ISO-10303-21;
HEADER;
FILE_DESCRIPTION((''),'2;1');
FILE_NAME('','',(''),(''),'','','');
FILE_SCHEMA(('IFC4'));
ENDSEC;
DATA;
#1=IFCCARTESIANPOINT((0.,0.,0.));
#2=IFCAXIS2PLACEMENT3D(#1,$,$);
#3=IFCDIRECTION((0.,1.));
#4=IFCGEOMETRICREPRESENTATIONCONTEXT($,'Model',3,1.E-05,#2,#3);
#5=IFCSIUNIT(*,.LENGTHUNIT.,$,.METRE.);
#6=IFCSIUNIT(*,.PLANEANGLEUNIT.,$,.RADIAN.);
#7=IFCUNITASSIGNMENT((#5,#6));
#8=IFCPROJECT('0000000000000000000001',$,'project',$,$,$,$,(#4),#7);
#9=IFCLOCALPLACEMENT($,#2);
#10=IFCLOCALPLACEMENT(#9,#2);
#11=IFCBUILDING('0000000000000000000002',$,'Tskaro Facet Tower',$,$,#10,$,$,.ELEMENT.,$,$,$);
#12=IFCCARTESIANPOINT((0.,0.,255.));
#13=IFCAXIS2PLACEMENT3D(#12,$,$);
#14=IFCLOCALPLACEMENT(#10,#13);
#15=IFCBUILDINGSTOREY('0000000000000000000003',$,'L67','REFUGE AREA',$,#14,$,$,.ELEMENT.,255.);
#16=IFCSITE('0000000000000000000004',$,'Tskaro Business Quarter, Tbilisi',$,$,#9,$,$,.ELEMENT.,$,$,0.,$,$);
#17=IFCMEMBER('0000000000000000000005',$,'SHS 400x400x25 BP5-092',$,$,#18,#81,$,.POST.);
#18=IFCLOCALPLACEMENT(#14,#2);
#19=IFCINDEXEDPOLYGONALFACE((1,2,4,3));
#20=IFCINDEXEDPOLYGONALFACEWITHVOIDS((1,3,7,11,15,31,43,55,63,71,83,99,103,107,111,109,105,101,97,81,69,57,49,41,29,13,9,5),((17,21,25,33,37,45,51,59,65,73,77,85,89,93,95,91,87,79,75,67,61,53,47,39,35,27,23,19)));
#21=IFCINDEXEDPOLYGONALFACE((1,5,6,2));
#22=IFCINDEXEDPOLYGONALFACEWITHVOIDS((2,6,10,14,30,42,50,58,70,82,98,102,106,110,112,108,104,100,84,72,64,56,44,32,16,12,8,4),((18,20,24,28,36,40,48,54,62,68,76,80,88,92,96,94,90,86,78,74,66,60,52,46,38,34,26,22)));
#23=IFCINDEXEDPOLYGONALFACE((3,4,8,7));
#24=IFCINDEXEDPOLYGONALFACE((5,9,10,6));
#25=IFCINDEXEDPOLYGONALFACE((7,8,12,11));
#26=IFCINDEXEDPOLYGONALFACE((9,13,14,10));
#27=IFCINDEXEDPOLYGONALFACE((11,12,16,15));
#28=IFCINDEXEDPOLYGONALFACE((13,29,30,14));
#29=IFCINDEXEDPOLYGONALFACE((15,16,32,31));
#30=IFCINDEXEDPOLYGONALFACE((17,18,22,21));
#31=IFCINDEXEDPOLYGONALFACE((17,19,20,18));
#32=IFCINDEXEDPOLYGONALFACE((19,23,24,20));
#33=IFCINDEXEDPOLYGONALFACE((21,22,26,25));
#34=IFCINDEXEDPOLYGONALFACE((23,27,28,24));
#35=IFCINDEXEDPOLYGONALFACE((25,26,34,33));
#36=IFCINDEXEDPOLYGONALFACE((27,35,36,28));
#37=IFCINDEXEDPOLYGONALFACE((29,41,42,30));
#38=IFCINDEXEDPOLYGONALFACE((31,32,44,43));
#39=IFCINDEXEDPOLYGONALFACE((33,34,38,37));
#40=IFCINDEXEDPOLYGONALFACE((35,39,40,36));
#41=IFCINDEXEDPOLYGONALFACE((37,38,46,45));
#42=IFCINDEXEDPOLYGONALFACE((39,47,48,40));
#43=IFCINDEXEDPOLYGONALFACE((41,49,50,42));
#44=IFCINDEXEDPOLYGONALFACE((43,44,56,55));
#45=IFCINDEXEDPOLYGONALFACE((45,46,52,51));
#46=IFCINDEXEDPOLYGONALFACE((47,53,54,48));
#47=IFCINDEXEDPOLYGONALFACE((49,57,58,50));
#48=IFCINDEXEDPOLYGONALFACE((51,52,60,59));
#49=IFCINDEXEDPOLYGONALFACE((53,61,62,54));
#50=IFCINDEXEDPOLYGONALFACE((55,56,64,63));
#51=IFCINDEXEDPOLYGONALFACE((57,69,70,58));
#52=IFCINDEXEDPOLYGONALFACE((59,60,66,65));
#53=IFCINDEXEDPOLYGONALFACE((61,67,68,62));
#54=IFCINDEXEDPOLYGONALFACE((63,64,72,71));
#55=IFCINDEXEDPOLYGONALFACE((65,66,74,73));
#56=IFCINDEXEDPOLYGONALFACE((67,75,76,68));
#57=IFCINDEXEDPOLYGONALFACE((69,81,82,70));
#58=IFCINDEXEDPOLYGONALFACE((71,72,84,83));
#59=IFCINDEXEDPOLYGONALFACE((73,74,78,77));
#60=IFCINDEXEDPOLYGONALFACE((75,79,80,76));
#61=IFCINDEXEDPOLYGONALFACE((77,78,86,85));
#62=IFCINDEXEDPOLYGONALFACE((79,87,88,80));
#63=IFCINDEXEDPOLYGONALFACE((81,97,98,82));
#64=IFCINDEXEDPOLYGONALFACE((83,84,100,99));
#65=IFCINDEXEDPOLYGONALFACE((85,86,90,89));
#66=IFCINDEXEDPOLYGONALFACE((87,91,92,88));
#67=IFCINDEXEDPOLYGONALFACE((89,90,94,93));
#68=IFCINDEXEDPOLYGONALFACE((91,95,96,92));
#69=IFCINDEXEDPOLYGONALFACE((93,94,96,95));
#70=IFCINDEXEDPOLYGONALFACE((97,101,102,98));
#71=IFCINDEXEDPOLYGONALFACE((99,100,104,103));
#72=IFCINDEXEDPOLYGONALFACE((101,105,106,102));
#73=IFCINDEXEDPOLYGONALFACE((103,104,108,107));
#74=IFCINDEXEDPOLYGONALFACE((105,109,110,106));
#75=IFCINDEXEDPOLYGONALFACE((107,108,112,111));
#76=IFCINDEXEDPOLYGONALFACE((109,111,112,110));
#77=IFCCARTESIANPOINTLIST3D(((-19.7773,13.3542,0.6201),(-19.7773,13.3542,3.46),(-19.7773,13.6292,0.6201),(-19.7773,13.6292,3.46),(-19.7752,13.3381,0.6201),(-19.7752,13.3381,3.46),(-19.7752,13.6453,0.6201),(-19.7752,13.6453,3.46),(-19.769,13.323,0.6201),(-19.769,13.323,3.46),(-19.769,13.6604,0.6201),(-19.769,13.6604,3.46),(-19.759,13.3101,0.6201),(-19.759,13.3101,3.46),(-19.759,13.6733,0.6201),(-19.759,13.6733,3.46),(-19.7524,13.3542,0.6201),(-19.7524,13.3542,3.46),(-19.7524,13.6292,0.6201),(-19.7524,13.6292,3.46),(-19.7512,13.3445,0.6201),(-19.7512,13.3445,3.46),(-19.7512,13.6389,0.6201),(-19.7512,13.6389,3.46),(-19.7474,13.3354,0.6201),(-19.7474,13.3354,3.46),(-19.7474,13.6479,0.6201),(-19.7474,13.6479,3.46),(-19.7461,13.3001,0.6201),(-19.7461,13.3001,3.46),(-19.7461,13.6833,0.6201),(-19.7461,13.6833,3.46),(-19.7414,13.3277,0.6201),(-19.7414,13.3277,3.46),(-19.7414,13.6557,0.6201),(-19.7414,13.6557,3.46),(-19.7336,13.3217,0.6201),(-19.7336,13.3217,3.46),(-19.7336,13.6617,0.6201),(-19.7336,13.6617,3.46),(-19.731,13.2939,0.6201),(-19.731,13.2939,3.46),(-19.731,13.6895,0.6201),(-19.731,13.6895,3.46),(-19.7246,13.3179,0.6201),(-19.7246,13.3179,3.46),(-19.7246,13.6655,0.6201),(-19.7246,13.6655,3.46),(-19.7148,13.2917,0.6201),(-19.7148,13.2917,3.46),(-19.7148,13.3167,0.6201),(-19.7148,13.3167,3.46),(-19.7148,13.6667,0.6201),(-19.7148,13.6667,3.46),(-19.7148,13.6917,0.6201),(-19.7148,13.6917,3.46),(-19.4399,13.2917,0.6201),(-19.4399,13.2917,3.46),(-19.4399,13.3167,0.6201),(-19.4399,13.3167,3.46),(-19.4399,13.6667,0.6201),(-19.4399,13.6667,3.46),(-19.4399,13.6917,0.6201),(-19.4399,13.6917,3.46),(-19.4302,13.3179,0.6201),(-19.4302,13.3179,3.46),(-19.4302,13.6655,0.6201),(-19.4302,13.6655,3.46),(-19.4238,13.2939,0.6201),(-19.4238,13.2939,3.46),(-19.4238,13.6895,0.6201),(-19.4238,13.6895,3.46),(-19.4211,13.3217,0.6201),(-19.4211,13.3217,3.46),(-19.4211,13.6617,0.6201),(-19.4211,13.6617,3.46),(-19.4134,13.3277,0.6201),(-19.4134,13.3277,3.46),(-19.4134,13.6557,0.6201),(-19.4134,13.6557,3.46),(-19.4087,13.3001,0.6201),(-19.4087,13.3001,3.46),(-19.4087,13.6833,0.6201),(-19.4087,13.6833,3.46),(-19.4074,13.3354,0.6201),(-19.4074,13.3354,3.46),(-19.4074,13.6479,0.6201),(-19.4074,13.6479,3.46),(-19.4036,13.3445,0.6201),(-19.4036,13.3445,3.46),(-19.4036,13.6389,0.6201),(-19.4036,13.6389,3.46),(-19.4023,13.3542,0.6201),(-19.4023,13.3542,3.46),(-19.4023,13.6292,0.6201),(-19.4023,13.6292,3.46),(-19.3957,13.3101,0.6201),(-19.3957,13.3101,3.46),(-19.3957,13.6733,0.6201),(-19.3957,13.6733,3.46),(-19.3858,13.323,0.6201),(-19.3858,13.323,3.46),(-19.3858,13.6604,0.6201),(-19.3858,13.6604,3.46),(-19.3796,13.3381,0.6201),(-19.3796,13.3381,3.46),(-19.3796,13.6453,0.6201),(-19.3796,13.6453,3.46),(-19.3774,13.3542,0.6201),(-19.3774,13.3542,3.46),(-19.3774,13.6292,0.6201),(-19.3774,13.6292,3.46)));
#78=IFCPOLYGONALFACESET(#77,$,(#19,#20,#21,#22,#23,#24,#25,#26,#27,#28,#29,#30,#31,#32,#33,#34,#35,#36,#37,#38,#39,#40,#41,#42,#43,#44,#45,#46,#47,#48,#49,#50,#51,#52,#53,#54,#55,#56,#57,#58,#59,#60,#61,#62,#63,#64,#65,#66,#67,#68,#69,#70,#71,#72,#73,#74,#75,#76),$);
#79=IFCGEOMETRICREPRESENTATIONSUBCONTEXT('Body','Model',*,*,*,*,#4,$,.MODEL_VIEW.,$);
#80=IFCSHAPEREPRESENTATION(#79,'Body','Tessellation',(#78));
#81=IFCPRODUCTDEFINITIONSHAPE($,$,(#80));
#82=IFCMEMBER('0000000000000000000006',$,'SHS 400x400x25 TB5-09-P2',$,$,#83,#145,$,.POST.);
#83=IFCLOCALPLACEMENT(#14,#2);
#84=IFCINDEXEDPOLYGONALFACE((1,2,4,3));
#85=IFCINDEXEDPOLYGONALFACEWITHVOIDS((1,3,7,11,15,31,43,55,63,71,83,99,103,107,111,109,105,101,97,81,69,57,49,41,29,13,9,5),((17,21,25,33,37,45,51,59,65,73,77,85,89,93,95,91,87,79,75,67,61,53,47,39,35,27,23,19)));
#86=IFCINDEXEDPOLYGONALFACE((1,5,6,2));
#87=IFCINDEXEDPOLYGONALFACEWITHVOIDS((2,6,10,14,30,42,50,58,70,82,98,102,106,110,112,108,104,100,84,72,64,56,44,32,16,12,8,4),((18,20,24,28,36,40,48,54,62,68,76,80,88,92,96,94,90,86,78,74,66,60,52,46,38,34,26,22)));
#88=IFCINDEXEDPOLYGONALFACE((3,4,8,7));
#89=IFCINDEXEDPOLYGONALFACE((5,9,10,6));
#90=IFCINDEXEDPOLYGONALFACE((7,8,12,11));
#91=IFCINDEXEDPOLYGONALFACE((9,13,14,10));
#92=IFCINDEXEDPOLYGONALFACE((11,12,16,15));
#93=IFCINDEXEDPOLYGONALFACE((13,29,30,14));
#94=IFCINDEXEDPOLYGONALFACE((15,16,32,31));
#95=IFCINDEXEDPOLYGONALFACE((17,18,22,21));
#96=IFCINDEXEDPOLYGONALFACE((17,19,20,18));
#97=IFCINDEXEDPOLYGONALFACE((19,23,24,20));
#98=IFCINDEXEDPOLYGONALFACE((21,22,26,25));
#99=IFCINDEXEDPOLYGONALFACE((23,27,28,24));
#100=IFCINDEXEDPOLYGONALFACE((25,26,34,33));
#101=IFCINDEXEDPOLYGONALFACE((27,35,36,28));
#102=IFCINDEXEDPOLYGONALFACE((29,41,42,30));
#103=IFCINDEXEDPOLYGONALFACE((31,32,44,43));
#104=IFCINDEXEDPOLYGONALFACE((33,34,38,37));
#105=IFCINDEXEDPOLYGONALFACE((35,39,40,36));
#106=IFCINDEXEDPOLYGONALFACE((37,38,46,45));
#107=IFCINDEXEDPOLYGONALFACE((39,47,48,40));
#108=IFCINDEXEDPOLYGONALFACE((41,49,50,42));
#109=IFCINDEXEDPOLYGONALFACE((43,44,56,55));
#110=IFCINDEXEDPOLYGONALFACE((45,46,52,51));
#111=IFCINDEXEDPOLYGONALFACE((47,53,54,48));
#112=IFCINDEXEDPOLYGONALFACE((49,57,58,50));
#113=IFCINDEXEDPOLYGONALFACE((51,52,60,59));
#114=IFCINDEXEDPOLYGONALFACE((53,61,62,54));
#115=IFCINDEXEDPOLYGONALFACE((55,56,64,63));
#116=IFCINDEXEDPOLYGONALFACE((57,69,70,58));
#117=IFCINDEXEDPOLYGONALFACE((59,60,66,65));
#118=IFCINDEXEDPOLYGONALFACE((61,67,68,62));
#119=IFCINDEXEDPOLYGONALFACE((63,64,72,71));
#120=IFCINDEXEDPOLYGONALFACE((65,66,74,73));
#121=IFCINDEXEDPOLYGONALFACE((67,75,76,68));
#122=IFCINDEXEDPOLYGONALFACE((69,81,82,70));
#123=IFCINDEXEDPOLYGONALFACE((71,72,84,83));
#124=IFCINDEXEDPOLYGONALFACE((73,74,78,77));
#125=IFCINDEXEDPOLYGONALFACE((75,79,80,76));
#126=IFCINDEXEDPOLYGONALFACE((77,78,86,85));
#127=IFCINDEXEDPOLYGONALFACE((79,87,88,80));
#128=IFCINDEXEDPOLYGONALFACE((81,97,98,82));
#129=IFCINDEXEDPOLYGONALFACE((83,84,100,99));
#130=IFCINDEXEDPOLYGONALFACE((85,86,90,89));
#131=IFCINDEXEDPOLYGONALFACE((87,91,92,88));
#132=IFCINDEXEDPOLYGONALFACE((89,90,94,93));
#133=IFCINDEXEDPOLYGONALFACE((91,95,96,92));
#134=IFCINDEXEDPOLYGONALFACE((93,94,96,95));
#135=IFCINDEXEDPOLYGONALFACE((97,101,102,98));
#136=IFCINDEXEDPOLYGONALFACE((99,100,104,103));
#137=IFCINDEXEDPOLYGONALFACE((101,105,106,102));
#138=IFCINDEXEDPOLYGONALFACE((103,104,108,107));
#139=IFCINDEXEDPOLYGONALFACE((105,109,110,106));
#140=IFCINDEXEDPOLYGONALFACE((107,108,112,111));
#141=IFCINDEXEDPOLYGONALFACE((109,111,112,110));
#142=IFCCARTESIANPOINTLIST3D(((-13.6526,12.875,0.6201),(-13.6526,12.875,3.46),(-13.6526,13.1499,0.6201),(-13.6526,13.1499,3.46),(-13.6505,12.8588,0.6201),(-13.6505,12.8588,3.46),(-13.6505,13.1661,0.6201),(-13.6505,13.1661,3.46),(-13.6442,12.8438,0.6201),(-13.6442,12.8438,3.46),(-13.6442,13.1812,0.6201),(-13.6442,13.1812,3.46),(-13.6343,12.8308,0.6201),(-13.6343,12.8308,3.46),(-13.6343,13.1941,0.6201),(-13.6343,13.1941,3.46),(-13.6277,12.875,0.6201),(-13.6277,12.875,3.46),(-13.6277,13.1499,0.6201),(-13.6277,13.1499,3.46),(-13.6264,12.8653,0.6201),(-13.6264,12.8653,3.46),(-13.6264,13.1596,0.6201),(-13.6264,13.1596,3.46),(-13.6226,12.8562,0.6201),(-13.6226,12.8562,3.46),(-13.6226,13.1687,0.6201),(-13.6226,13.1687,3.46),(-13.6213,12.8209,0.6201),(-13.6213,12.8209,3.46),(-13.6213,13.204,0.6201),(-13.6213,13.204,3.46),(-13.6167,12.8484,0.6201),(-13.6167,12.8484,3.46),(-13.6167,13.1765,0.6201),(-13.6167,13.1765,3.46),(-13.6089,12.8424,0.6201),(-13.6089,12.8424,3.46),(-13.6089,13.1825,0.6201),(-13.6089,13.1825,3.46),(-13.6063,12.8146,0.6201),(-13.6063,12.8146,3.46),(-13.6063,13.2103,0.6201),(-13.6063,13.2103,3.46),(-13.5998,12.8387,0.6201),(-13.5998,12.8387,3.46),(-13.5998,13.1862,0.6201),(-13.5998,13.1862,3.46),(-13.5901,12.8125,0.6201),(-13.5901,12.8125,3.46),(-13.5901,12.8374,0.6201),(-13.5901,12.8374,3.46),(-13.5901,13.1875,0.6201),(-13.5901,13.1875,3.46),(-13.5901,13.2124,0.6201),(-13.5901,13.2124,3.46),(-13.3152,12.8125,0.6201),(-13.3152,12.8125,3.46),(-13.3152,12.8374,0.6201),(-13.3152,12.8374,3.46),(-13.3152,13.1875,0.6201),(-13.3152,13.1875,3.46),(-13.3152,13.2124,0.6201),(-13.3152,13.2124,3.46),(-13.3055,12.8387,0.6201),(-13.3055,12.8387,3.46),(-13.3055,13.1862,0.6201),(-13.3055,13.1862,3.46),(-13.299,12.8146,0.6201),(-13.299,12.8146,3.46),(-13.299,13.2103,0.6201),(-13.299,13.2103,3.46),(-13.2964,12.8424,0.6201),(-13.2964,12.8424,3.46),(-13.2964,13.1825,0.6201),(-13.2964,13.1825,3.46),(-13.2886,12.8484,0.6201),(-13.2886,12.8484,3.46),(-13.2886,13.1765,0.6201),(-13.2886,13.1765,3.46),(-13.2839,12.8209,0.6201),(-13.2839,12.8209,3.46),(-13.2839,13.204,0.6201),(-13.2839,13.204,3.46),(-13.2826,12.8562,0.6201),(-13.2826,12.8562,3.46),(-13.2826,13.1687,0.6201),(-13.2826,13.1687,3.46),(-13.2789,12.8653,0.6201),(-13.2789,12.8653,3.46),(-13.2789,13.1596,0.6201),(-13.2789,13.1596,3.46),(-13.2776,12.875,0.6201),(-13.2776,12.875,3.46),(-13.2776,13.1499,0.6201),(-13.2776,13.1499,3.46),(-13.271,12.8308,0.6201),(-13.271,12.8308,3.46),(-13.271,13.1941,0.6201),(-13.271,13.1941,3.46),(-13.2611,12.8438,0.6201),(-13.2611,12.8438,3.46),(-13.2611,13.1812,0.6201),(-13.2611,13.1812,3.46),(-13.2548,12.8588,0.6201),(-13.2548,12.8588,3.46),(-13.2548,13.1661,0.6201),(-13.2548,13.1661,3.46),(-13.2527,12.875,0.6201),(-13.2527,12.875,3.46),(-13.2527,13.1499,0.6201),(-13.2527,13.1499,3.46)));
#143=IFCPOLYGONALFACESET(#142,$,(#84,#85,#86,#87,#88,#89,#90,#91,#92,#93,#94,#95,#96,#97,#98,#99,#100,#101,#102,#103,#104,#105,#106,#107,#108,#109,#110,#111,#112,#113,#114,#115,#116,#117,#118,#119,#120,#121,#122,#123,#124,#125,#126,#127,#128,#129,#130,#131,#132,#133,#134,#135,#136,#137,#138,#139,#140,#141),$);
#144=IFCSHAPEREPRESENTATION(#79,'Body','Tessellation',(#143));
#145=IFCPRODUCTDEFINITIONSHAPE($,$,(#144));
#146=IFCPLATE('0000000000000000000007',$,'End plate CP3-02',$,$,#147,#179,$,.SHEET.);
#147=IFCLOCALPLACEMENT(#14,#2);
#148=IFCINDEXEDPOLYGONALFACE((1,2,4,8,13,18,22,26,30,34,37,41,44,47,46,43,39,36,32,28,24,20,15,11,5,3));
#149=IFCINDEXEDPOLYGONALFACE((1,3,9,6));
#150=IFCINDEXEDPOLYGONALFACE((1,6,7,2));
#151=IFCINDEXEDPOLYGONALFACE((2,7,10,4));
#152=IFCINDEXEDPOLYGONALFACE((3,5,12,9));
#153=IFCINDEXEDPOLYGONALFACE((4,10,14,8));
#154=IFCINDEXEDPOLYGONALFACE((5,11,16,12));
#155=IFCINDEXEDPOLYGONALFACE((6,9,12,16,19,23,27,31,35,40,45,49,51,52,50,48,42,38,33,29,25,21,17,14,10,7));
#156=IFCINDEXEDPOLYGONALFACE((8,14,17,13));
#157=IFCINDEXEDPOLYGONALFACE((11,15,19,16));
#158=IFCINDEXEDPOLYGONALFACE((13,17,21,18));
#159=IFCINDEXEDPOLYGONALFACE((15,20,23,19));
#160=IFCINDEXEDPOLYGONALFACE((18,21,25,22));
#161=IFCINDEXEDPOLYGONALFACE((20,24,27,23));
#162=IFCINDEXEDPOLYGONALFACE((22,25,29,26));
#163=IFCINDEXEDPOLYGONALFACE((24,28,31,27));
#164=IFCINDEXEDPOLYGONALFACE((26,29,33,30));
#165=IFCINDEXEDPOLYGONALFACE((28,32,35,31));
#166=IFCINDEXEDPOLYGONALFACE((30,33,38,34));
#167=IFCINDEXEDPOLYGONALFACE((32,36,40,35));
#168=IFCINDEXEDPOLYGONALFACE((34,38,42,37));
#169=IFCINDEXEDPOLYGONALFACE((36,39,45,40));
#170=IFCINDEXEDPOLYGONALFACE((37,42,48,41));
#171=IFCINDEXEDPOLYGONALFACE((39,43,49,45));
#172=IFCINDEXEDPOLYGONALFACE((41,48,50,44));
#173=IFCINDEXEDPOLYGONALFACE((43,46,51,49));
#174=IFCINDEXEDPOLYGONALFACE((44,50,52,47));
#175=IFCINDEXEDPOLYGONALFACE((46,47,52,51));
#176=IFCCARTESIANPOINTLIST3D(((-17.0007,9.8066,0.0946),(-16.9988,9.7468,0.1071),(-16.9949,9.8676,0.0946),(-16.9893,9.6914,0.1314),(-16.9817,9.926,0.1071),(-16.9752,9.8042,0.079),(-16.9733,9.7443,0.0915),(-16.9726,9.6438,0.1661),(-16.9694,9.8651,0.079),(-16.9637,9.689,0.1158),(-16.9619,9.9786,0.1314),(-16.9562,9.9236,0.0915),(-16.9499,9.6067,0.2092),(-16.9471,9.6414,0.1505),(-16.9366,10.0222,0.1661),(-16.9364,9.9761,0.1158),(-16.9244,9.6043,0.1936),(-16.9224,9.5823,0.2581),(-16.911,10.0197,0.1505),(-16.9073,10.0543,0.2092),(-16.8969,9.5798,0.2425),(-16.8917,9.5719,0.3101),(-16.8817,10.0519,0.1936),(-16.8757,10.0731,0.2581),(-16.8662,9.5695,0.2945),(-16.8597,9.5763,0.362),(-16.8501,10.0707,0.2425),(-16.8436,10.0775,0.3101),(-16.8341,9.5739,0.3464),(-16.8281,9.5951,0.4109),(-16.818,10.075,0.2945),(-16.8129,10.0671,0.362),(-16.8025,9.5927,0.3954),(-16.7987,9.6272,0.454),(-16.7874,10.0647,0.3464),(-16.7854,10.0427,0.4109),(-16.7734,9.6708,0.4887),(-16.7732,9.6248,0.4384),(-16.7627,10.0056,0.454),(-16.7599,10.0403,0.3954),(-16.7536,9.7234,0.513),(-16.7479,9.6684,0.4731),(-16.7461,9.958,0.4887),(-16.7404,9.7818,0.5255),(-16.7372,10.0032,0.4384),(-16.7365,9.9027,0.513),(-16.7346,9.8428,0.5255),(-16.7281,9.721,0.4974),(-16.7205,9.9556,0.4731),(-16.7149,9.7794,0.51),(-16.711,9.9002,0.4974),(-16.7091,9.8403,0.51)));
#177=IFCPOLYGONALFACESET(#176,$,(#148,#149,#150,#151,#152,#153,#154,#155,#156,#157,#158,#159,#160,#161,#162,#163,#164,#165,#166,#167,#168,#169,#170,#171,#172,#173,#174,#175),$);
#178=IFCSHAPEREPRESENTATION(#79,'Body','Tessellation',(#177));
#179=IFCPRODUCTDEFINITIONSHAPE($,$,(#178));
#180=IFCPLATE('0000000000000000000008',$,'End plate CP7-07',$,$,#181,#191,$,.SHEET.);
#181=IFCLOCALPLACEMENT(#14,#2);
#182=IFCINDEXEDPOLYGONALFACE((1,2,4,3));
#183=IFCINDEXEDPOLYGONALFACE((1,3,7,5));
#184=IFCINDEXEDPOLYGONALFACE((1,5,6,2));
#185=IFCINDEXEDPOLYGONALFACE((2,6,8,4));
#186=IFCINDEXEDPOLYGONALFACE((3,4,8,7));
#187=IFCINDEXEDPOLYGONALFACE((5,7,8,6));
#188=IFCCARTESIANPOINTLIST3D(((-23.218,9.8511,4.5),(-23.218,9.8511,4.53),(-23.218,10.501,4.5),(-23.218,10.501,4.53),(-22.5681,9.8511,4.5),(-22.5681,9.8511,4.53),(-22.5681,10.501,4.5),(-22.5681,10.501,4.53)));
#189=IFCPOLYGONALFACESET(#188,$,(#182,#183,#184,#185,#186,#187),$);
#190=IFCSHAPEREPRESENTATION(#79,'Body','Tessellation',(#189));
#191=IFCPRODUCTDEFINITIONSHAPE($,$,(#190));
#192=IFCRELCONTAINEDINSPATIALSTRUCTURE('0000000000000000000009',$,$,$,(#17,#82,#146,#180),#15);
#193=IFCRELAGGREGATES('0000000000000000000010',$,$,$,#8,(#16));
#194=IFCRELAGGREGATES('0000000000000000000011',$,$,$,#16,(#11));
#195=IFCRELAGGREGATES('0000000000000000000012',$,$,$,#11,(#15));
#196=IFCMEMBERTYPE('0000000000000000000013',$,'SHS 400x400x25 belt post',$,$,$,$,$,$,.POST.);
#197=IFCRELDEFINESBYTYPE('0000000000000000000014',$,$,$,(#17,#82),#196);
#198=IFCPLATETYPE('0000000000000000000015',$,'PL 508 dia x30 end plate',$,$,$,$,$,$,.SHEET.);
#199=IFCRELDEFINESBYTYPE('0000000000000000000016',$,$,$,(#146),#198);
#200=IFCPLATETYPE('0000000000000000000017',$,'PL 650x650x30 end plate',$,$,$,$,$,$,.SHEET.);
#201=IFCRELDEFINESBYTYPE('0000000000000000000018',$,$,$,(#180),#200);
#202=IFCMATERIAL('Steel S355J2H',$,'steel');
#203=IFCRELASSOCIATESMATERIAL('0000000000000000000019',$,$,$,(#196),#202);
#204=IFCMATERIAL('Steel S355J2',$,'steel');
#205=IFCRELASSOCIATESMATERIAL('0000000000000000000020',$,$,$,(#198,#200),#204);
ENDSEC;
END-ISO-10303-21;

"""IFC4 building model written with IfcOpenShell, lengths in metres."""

from ifc_helpers import new_model, si_unit, direction, frame, origin, origin_2d, place, context, subcontext, project, spatial, rectangle, hollow_rectangle, circle, extrude, material, material_profile, profile_set, type_object, element, save


model = new_model("IFC4")

# Units and contexts
model_context = context("Model", 3, precision=1e-05, world=origin(), true_north=direction((0.0, 1.0)))
body_context = subcontext(model_context, "Body", "Model", "MODEL_VIEW")
ifc_project = project(units=[si_unit("LENGTHUNIT", "METRE"), si_unit("PLANEANGLEUNIT", "RADIAN")], contexts=[model_context])

# Site, building, storey
site_placement = place(None, origin())
site = spatial("IfcSite", under=ifc_project, at=site_placement, Name="Tskaro Business Quarter, Tbilisi", CompositionType="ELEMENT", RefElevation=0.0)
building_placement = place(site_placement, origin())
building = spatial("IfcBuilding", under=site, at=building_placement, Name="Tskaro Facet Tower", CompositionType="ELEMENT")
storey_placement = place(building_placement, frame((0.0, 0.0, 255.0)))
storey = spatial("IfcBuildingStorey", under=building, at=storey_placement, Name="L67", Description="REFUGE AREA", CompositionType="ELEMENT", Elevation=255.0)

# Shared definitions
ifc_material_1 = material(Name="Steel S355J2", Category="steel")
ifc_material_2 = material(Name="Steel S355J2H", Category="steel")

# Members
ifc_material_profile_1 = material_profile(ifc_material_2, hollow_rectangle(XDim=0.3999, YDim=0.3999, WallThickness=0.0249, InnerFilletRadius=0.0376, OuterFilletRadius=0.0625, at=origin_2d()), Name="SHS 400x400x25")
ifc_profile_set_1 = profile_set([ifc_material_profile_1], Name="Steel S355J2H")
member_type_1 = type_object("IfcMemberType", Name="SHS 400x400x25 belt post", PredefinedType="POST", material=ifc_profile_set_1)
for number, where, z_axis, x_axis, name in (
    (1, (-19.5774, 13.4917, 0.6201), (0.0, 0.0, 1.0), (1.0, 0.0, 0.0), "SHS 400x400x25 BP5-092"),
    (2, (-13.4526, 13.0125, 0.6201), (0.0, 0.0, 1.0), (1.0, 0.0, 0.0), "SHS 400x400x25 TB5-09-P2"),
):
    element("IfcMember", number, at=place(storey_placement, frame(where, z_axis=z_axis, x_axis=x_axis)), inside=storey, type_object=member_type_1, Name=name, PredefinedType="POST", context=body_context, shape_type="SweptSolid", body=[
        extrude(hollow_rectangle(XDim=0.3999, YDim=0.3999, WallThickness=0.0249, InnerFilletRadius=0.0376, OuterFilletRadius=0.0625, at=origin_2d()), origin(), (0.0, 0.0, 1.0), 2.8398),
    ])

# Plates
ifc_material_profile_2 = material_profile(ifc_material_1, circle(Radius=0.2539, at=origin_2d()), Name="PL 508 dia x30 end plate")
ifc_profile_set_2 = profile_set([ifc_material_profile_2], Name="Steel S355J2")
plate_type_1 = type_object("IfcPlateType", Name="PL 508 dia x30 end plate", PredefinedType="SHEET", material=ifc_profile_set_2)
plate_1_placement = place(storey_placement, frame((-16.8677, 9.8247, 0.3101), z_axis=(0.851075, -0.081055, -0.51875), x_axis=(0.094809, 0.995495, 0.0)))
element("IfcPlate", 3, at=plate_1_placement, inside=storey, type_object=plate_type_1, Name="End plate CP3-02", PredefinedType="SHEET", context=body_context, shape_type="SweptSolid", body=[
    extrude(circle(Radius=0.2539, at=origin_2d()), origin(), (0.0, 0.0, 1.0), 0.03),
])
ifc_material_profile_3 = material_profile(ifc_material_1, rectangle(XDim=0.6499, YDim=0.6499, at=origin_2d()), Name="PL 650x650x30 end plate")
ifc_profile_set_3 = profile_set([ifc_material_profile_3], Name="Steel S355J2")
plate_type_2 = type_object("IfcPlateType", Name="PL 650x650x30 end plate", PredefinedType="SHEET", material=ifc_profile_set_3)
plate_2_placement = place(storey_placement, frame((-22.8931, 10.176, 4.5), z_axis=(0.0, 0.0, 1.0), x_axis=(1.0, 0.0, 0.0)))
element("IfcPlate", 4, at=plate_2_placement, inside=storey, type_object=plate_type_2, Name="End plate CP7-07", PredefinedType="SHEET", context=body_context, shape_type="SweptSolid", body=[
    extrude(rectangle(XDim=0.6499, YDim=0.6499, at=origin_2d()), origin(), (0.0, 0.0, 1.0), 0.03),
])

save(model, "model.ifc")
